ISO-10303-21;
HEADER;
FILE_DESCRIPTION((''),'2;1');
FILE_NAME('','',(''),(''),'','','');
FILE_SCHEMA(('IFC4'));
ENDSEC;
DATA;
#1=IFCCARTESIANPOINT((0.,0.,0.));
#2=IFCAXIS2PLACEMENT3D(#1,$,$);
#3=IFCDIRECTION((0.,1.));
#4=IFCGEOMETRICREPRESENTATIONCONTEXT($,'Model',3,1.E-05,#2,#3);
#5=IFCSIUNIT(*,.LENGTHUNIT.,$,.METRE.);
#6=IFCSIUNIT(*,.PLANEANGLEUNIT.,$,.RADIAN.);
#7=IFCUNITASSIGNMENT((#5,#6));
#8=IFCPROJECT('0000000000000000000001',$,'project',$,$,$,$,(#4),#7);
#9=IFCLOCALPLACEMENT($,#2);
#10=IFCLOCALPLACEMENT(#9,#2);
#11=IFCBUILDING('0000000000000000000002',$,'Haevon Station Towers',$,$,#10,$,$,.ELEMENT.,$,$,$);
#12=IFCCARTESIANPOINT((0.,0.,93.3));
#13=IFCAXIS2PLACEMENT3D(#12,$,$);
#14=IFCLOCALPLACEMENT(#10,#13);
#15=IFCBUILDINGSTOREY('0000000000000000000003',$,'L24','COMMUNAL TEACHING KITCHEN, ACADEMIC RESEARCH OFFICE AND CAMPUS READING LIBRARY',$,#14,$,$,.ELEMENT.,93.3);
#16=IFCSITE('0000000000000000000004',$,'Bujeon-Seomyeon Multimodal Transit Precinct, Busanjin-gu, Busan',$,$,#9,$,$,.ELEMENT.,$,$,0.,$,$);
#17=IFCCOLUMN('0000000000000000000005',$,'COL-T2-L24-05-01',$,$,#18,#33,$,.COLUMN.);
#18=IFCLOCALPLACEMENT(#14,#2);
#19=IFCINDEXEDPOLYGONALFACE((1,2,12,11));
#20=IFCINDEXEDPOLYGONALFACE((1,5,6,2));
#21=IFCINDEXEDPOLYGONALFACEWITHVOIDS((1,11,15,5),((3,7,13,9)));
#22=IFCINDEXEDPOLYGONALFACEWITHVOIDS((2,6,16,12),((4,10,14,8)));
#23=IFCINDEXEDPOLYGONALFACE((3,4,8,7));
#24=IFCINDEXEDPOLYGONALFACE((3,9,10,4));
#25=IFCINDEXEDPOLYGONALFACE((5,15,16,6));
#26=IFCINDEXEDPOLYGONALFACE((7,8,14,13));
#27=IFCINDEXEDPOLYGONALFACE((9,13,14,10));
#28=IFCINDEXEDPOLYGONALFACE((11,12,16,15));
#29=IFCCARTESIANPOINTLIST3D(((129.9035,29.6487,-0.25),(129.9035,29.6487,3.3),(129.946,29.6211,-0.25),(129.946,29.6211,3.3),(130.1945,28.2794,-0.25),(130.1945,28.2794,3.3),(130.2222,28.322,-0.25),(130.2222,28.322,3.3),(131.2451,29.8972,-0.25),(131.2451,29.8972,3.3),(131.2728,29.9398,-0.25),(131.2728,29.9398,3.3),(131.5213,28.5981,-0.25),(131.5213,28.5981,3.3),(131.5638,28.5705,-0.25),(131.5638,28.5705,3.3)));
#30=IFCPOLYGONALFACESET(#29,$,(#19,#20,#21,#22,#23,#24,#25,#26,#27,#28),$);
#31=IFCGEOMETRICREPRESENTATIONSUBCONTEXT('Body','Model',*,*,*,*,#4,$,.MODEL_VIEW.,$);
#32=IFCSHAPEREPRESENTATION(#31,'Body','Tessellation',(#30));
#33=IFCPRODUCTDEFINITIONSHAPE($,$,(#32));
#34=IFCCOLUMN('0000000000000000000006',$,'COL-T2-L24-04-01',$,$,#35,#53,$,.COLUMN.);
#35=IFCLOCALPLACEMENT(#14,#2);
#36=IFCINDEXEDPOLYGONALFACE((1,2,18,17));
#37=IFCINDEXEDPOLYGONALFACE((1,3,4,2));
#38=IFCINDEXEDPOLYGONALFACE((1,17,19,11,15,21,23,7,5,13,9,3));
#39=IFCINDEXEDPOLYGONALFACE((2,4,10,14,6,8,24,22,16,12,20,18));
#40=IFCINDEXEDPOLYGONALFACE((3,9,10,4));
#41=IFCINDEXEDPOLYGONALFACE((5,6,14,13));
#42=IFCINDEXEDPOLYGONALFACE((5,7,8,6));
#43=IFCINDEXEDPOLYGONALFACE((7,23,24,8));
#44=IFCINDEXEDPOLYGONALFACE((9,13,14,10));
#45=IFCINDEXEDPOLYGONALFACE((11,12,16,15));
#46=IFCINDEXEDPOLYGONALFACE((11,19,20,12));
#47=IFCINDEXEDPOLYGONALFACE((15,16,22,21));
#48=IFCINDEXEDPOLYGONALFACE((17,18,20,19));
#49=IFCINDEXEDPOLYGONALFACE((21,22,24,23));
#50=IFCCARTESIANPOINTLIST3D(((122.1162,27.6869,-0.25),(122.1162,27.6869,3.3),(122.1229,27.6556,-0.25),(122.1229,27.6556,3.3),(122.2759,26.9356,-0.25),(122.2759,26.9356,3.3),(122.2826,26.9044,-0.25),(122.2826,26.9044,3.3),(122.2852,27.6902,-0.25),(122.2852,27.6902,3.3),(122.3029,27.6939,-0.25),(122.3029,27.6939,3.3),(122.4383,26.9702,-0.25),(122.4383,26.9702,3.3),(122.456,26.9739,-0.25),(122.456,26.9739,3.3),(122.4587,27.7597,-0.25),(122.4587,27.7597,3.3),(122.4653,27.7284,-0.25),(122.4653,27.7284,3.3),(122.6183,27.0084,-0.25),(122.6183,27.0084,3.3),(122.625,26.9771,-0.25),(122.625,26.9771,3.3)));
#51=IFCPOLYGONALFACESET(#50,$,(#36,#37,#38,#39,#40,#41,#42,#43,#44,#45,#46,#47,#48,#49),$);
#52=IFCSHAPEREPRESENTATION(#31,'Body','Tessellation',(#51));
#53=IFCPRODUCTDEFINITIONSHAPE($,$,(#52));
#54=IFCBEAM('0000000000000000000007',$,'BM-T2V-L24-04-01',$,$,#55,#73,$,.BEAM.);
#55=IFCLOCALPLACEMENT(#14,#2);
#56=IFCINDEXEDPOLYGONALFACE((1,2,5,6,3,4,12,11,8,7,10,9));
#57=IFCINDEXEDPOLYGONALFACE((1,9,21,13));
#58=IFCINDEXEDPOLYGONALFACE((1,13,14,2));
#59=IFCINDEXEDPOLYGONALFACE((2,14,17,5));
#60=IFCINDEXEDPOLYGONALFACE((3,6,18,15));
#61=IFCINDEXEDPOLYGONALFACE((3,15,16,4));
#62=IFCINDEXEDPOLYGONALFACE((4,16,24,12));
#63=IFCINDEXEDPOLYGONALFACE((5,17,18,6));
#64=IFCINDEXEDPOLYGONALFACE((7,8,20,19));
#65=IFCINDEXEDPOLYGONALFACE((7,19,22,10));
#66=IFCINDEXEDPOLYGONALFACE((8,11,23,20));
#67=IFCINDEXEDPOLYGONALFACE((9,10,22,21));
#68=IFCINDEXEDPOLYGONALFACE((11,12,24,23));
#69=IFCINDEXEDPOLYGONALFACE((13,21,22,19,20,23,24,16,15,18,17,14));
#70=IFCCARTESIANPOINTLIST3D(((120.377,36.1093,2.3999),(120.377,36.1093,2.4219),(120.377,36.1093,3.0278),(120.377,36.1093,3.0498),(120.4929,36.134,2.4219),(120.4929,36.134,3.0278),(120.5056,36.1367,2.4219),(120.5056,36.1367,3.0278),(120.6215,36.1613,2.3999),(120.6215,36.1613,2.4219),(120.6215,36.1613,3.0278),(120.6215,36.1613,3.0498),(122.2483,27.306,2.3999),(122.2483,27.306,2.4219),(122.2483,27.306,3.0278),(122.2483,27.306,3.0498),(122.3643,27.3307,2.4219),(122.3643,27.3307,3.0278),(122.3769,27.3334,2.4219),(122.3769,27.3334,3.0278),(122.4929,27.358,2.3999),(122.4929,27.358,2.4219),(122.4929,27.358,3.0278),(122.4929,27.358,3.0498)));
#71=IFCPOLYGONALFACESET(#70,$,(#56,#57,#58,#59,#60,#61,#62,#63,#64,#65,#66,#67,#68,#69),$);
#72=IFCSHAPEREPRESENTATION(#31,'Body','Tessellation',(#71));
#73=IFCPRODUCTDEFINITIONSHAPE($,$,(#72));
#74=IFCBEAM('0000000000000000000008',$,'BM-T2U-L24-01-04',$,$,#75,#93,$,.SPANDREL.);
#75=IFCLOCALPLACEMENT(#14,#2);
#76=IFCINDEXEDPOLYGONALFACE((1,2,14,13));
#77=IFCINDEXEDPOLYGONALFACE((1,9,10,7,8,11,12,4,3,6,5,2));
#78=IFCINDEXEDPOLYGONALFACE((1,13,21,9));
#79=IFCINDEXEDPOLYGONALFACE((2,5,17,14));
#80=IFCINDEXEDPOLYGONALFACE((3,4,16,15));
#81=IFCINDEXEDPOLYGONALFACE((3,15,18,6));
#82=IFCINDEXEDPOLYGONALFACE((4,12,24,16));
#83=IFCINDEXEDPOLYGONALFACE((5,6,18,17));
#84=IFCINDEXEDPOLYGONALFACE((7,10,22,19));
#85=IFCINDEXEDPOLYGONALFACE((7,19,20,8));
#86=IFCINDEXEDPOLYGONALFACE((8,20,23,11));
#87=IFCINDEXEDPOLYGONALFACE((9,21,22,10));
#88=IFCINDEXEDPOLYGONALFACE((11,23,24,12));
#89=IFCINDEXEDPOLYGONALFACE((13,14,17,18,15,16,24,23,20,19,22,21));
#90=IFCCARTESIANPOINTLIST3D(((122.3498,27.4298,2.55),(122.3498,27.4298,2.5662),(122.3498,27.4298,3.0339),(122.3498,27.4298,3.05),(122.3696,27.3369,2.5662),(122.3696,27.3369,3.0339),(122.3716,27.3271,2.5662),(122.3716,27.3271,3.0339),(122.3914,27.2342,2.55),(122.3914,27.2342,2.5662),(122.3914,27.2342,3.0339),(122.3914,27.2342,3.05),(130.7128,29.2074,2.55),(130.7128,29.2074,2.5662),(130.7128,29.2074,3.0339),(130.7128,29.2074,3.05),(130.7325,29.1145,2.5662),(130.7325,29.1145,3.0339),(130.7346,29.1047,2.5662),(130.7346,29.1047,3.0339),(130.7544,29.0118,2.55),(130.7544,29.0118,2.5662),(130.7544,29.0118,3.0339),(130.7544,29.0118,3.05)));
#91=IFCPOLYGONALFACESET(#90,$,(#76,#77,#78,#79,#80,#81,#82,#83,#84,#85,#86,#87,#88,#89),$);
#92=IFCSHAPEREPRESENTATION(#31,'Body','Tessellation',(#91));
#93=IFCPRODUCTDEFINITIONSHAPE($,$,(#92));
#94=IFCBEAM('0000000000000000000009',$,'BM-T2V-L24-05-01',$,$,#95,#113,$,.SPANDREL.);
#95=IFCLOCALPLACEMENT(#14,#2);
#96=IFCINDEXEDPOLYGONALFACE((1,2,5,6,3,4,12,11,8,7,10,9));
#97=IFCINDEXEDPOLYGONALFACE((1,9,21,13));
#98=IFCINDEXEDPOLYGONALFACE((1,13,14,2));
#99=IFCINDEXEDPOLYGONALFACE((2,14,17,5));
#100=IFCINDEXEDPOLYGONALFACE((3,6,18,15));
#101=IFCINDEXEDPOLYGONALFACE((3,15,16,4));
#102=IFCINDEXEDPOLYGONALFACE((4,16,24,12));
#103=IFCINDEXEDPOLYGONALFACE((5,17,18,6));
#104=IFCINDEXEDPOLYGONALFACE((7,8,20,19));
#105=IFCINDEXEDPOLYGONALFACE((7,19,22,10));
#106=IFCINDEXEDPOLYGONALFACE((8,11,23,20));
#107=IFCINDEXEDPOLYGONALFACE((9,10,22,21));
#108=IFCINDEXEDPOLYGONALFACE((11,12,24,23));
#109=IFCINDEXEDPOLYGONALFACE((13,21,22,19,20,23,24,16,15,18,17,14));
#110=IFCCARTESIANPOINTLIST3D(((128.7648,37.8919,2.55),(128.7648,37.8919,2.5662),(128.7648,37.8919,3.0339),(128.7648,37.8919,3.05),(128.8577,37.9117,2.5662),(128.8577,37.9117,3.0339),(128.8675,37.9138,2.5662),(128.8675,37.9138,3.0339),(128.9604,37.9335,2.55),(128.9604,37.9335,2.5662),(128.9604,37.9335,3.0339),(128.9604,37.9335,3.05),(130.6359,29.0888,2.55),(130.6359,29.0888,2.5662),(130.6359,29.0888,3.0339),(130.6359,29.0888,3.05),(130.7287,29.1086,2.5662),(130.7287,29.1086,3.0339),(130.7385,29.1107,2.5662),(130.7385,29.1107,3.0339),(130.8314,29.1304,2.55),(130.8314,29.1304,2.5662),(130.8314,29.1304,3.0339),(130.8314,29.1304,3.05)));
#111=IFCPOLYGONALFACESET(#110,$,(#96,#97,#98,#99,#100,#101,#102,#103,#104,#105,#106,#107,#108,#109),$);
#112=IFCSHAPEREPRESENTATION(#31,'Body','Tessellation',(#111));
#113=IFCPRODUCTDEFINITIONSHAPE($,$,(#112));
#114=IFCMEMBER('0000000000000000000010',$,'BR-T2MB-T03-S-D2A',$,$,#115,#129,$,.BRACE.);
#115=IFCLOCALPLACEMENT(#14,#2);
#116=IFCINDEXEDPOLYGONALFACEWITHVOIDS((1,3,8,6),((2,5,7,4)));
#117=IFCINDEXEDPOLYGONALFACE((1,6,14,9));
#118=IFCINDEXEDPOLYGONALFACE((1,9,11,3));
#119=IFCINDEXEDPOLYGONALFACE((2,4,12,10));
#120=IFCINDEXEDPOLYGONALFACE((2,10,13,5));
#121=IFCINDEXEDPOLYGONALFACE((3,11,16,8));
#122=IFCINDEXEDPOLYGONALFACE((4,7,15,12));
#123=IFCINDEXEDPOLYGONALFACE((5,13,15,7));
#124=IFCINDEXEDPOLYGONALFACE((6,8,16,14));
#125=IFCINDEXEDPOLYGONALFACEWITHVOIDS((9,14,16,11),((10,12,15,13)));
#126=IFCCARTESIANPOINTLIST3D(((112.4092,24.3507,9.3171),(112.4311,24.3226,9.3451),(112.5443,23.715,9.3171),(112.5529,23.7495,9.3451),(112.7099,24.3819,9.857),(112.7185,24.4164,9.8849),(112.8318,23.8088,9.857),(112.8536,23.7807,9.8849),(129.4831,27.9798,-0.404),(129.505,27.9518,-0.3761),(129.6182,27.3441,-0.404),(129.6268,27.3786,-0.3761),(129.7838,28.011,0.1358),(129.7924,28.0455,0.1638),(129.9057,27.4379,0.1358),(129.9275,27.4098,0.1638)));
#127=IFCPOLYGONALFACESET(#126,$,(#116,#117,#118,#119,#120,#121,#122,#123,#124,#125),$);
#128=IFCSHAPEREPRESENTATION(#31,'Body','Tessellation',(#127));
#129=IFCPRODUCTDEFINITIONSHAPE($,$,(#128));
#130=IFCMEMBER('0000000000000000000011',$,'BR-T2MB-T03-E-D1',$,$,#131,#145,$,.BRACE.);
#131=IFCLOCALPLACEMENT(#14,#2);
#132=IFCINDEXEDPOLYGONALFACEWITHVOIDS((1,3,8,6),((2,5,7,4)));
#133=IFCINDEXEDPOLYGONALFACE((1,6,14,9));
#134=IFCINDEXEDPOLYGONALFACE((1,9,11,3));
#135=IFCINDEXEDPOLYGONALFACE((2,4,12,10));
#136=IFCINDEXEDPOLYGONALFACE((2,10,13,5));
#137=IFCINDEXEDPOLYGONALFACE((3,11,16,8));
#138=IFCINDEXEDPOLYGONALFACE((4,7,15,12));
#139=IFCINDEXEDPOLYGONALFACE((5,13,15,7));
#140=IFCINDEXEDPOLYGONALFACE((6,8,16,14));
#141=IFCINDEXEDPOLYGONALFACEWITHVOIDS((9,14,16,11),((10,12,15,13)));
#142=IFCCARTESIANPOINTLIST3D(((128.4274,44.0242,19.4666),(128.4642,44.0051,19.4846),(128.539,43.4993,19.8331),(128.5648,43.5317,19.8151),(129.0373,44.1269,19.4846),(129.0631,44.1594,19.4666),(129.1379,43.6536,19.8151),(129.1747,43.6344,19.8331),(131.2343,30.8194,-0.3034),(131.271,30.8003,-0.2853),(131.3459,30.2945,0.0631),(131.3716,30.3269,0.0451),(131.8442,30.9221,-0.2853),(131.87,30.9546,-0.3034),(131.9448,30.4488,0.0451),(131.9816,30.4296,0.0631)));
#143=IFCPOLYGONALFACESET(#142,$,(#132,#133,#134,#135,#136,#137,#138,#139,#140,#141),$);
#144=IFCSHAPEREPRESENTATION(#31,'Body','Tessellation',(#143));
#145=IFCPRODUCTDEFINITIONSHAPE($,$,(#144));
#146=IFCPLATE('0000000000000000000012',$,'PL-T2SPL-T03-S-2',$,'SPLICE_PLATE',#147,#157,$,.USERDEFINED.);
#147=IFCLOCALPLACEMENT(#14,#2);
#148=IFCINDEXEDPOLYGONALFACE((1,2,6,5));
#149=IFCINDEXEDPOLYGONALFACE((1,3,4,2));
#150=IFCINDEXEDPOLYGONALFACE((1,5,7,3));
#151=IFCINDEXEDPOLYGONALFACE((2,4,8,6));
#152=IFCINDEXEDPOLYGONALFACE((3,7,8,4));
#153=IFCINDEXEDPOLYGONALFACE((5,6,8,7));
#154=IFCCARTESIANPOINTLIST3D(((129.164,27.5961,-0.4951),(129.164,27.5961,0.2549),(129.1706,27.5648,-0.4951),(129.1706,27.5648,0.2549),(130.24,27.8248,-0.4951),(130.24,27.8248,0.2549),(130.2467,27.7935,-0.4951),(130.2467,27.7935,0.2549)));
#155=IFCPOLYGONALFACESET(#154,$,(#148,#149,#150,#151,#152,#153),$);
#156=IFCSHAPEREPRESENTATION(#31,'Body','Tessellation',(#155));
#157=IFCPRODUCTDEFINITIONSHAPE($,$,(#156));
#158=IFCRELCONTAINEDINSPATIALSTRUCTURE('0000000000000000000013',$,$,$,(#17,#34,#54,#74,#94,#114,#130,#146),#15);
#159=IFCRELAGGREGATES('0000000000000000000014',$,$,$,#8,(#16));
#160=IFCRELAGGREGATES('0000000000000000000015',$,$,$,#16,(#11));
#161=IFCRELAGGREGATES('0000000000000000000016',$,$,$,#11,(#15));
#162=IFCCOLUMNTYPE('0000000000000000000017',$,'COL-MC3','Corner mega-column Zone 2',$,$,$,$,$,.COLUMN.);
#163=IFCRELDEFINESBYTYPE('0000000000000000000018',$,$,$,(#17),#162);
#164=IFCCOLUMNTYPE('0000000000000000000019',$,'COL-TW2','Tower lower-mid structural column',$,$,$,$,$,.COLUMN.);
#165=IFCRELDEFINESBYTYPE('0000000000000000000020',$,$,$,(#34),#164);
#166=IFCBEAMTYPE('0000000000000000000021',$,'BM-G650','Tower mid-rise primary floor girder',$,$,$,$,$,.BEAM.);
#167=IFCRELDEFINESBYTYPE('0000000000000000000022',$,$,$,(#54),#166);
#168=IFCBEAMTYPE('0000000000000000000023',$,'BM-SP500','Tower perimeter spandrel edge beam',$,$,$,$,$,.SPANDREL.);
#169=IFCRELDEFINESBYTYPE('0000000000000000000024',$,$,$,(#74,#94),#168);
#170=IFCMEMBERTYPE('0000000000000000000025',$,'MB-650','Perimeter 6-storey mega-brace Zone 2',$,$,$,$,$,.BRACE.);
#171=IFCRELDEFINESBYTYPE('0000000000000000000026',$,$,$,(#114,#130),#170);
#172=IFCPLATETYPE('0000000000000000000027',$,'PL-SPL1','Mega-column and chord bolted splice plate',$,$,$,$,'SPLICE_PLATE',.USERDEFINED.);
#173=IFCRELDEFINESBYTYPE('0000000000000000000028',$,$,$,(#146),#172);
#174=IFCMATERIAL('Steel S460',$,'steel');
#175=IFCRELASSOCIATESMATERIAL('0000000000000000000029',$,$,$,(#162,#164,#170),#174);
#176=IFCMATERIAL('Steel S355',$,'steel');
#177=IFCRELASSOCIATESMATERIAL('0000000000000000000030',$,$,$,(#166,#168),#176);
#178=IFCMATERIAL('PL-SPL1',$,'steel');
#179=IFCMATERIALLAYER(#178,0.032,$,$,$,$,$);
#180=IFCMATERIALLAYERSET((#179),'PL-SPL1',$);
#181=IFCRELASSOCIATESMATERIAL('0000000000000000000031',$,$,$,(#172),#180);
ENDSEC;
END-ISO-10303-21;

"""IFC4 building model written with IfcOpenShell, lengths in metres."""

from ifc_helpers import new_model, si_unit, direction, frame, origin, origin_2d, place, context, subcontext, project, spatial, rectangle, hollow_rectangle, i_section, extrude, material, layer, layer_set, material_profile, profile_set, type_object, element, save


model = new_model("IFC4")

# Units and contexts
model_context = context("Model", 3, precision=1e-05, world=origin(), true_north=direction((0.0, 1.0)))
body_context = subcontext(model_context, "Body", "Model", "MODEL_VIEW")
ifc_project = project(units=[si_unit("LENGTHUNIT", "METRE"), si_unit("PLANEANGLEUNIT", "RADIAN")], contexts=[model_context])

# Site, building, storey
site_placement = place(None, origin())
site = spatial("IfcSite", under=ifc_project, at=site_placement, Name="Bujeon-Seomyeon Multimodal Transit Precinct, Busanjin-gu, Busan", CompositionType="ELEMENT", RefElevation=0.0)
building_placement = place(site_placement, origin())
building = spatial("IfcBuilding", under=site, at=building_placement, Name="Haevon Station Towers", CompositionType="ELEMENT")
storey_placement = place(building_placement, frame((0.0, 0.0, 93.3)))
storey = spatial("IfcBuildingStorey", under=building, at=storey_placement, Name="L24", Description="COMMUNAL TEACHING KITCHEN, ACADEMIC RESEARCH OFFICE AND CAMPUS READING LIBRARY", CompositionType="ELEMENT", Elevation=93.3)

# Columns
ifc_material_1 = material(Name="Steel S460", Category="steel")
ifc_material_profile_1 = material_profile(ifc_material_1, hollow_rectangle(XDim=1.3999, YDim=1.3999, WallThickness=0.0359, at=origin_2d()), Name="BOX-1400x1400x36")
ifc_profile_set_1 = profile_set([ifc_material_profile_1], Name="Steel S460")
column_type_1 = type_object("IfcColumnType", Name="COL-MC3", Description="Corner mega-column Zone 2", PredefinedType="COLUMN", material=ifc_profile_set_1)
column_1_placement = place(storey_placement, frame((130.7336, 29.1096, -0.25), z_axis=(0.0, 0.0, 1.0), x_axis=(0.978148, 0.207912, 0.0)))
element("IfcColumn", 1, at=column_1_placement, inside=storey, type_object=column_type_1, Name="COL-T2-L24-05-01", PredefinedType="COLUMN", context=body_context, shape_type="SweptSolid", body=[
    extrude(hollow_rectangle(XDim=1.3999, YDim=1.3999, WallThickness=0.0359, at=origin_2d()), origin(), (0.0, 0.0, 1.0), 3.55),
])
ifc_material_profile_2 = material_profile(ifc_material_1, i_section(OverallWidth=0.3501, OverallDepth=0.8, WebThickness=0.0181, FlangeThickness=0.032, at=origin_2d()), Name="H-800x350x18x32")
ifc_profile_set_2 = profile_set([ifc_material_profile_2], Name="Steel S460")
column_type_2 = type_object("IfcColumnType", Name="COL-TW2", Description="Tower lower-mid structural column", PredefinedType="COLUMN", material=ifc_profile_set_2)
column_2_placement = place(storey_placement, frame((122.3706, 27.332, -0.25), z_axis=(0.0, 0.0, 1.0), x_axis=(0.978148, 0.207912, 0.0)))
element("IfcColumn", 2, at=column_2_placement, inside=storey, type_object=column_type_2, Name="COL-T2-L24-04-01", PredefinedType="COLUMN", context=body_context, shape_type="SweptSolid", body=[
    extrude(i_section(OverallWidth=0.3501, OverallDepth=0.8, WebThickness=0.0181, FlangeThickness=0.032, at=origin_2d()), origin(), (0.0, 0.0, 1.0), 3.55),
])

# Beams
ifc_material_2 = material(Name="Steel S355", Category="steel")
ifc_material_profile_3 = material_profile(ifc_material_2, i_section(OverallWidth=0.25, OverallDepth=0.6499, WebThickness=0.0129, FlangeThickness=0.022, at=origin_2d()), Name="H-650x250x13x22")
ifc_profile_set_3 = profile_set([ifc_material_profile_3], Name="Steel S355")
beam_type_1 = type_object("IfcBeamType", Name="BM-G650", Description="Tower mid-rise primary floor girder", PredefinedType="BEAM", material=ifc_profile_set_3)
beam_1_placement = place(storey_placement, frame((122.3706, 27.332, 2.7249), z_axis=(-0.207928, 0.978144, 0.0), x_axis=(-0.978144, -0.207928, 0.0)))
element("IfcBeam", 3, at=beam_1_placement, inside=storey, type_object=beam_type_1, Name="BM-T2V-L24-04-01", PredefinedType="BEAM", context=body_context, shape_type="SweptSolid", body=[
    extrude(i_section(OverallWidth=0.25, OverallDepth=0.6499, WebThickness=0.0129, FlangeThickness=0.022, at=origin_2d()), origin(), (0.0, 0.0, 1.0), 9.0),
])
ifc_material_profile_4 = material_profile(ifc_material_2, i_section(OverallWidth=0.2, OverallDepth=0.5, WebThickness=0.01, FlangeThickness=0.0161, at=origin_2d()), Name="H-500x200x10x16")
ifc_profile_set_4 = profile_set([ifc_material_profile_4], Name="Steel S355")
beam_type_2 = type_object("IfcBeamType", Name="BM-SP500", Description="Tower perimeter spandrel edge beam", PredefinedType="SPANDREL", material=ifc_profile_set_4)
beam_2_placement = place(storey_placement, frame((122.3706, 27.332, 2.8), z_axis=(0.978148, 0.207908, 0.0), x_axis=(-0.207908, 0.978148, 0.0)))
element("IfcBeam", 4, at=beam_2_placement, inside=storey, type_object=beam_type_2, Name="BM-T2U-L24-01-04", PredefinedType="SPANDREL", context=body_context, shape_type="SweptSolid", body=[
    extrude(i_section(OverallWidth=0.2, OverallDepth=0.5, WebThickness=0.01, FlangeThickness=0.0161, at=origin_2d()), origin(), (0.0, 0.0, 1.0), 8.5498),
])
beam_3_placement = place(storey_placement, frame((130.7336, 29.1096, 2.8), z_axis=(-0.207902, 0.97815, 0.0), x_axis=(-0.97815, -0.207902, 0.0)))
element("IfcBeam", 5, at=beam_3_placement, inside=storey, type_object=beam_type_2, Name="BM-T2V-L24-05-01", PredefinedType="SPANDREL", context=body_context, shape_type="SweptSolid", body=[
    extrude(i_section(OverallWidth=0.2, OverallDepth=0.5, WebThickness=0.01, FlangeThickness=0.0161, at=origin_2d()), origin(), (0.0, 0.0, 1.0), 8.9998),
])

# Members
ifc_material_profile_5 = material_profile(ifc_material_1, hollow_rectangle(XDim=0.6499, YDim=0.6499, WallThickness=0.032, at=origin_2d()), Name="RHS-650x650x32")
ifc_profile_set_5 = profile_set([ifc_material_profile_5], Name="Steel S460")
member_type = type_object("IfcMemberType", Name="MB-650", Description="Perimeter 6-storey mega-brace Zone 2", PredefinedType="BRACE", material=ifc_profile_set_5)
member_1_placement = place(storey_placement, frame((129.7053, 27.6948, -0.1201), z_axis=(-0.854561, -0.181641, 0.486551), x_axis=(0.20791, -0.978148, 0.0)))
element("IfcMember", 6, at=member_1_placement, inside=storey, type_object=member_type, Name="BR-T2MB-T03-S-D2A", PredefinedType="BRACE", context=body_context, shape_type="SweptSolid", body=[
    extrude(hollow_rectangle(XDim=0.6499, YDim=0.6499, WallThickness=0.032, at=origin_2d()), origin(), (0.0, 0.0, 1.0), 19.9797),
])
member_2_placement = place(storey_placement, frame((131.6079, 30.6245, -0.1201), z_axis=(-0.117249, 0.551592, 0.825832), x_axis=(-0.978146, -0.20792, 0.0)))
element("IfcMember", 7, at=member_2_placement, inside=storey, type_object=member_type, Name="BR-T2MB-T03-E-D1", PredefinedType="BRACE", context=body_context, shape_type="SweptSolid", body=[
    extrude(hollow_rectangle(XDim=0.6499, YDim=0.6499, WallThickness=0.032, at=origin_2d()), origin(), (0.0, 0.0, 1.0), 23.9395),
])

# Plate
ifc_material_3 = material(Name="PL-SPL1", Category="steel")
ifc_layer_1 = layer(ifc_material_3, 0.032)
ifc_layer_set_1 = layer_set([ifc_layer_1], Name="PL-SPL1")
plate_type = type_object("IfcPlateType", Name="PL-SPL1", Description="Mega-column and chord bolted splice plate", ElementType="SPLICE_PLATE", PredefinedType="USERDEFINED", material=ifc_layer_set_1)
plate_placement = place(storey_placement, frame((129.7053, 27.6948, -0.4951), z_axis=(0.0, 0.0, 1.0), x_axis=(0.978148, 0.207912, 0.0)))
element("IfcPlate", 8, at=plate_placement, inside=storey, type_object=plate_type, Name="PL-T2SPL-T03-S-2", ObjectType="SPLICE_PLATE", PredefinedType="USERDEFINED", context=body_context, shape_type="SweptSolid", body=[
    extrude(rectangle(XDim=1.1001, YDim=0.032, at=origin_2d()), origin(), (0.0, 0.0, 1.0), 0.75),
])

save(model, "model.ifc")
